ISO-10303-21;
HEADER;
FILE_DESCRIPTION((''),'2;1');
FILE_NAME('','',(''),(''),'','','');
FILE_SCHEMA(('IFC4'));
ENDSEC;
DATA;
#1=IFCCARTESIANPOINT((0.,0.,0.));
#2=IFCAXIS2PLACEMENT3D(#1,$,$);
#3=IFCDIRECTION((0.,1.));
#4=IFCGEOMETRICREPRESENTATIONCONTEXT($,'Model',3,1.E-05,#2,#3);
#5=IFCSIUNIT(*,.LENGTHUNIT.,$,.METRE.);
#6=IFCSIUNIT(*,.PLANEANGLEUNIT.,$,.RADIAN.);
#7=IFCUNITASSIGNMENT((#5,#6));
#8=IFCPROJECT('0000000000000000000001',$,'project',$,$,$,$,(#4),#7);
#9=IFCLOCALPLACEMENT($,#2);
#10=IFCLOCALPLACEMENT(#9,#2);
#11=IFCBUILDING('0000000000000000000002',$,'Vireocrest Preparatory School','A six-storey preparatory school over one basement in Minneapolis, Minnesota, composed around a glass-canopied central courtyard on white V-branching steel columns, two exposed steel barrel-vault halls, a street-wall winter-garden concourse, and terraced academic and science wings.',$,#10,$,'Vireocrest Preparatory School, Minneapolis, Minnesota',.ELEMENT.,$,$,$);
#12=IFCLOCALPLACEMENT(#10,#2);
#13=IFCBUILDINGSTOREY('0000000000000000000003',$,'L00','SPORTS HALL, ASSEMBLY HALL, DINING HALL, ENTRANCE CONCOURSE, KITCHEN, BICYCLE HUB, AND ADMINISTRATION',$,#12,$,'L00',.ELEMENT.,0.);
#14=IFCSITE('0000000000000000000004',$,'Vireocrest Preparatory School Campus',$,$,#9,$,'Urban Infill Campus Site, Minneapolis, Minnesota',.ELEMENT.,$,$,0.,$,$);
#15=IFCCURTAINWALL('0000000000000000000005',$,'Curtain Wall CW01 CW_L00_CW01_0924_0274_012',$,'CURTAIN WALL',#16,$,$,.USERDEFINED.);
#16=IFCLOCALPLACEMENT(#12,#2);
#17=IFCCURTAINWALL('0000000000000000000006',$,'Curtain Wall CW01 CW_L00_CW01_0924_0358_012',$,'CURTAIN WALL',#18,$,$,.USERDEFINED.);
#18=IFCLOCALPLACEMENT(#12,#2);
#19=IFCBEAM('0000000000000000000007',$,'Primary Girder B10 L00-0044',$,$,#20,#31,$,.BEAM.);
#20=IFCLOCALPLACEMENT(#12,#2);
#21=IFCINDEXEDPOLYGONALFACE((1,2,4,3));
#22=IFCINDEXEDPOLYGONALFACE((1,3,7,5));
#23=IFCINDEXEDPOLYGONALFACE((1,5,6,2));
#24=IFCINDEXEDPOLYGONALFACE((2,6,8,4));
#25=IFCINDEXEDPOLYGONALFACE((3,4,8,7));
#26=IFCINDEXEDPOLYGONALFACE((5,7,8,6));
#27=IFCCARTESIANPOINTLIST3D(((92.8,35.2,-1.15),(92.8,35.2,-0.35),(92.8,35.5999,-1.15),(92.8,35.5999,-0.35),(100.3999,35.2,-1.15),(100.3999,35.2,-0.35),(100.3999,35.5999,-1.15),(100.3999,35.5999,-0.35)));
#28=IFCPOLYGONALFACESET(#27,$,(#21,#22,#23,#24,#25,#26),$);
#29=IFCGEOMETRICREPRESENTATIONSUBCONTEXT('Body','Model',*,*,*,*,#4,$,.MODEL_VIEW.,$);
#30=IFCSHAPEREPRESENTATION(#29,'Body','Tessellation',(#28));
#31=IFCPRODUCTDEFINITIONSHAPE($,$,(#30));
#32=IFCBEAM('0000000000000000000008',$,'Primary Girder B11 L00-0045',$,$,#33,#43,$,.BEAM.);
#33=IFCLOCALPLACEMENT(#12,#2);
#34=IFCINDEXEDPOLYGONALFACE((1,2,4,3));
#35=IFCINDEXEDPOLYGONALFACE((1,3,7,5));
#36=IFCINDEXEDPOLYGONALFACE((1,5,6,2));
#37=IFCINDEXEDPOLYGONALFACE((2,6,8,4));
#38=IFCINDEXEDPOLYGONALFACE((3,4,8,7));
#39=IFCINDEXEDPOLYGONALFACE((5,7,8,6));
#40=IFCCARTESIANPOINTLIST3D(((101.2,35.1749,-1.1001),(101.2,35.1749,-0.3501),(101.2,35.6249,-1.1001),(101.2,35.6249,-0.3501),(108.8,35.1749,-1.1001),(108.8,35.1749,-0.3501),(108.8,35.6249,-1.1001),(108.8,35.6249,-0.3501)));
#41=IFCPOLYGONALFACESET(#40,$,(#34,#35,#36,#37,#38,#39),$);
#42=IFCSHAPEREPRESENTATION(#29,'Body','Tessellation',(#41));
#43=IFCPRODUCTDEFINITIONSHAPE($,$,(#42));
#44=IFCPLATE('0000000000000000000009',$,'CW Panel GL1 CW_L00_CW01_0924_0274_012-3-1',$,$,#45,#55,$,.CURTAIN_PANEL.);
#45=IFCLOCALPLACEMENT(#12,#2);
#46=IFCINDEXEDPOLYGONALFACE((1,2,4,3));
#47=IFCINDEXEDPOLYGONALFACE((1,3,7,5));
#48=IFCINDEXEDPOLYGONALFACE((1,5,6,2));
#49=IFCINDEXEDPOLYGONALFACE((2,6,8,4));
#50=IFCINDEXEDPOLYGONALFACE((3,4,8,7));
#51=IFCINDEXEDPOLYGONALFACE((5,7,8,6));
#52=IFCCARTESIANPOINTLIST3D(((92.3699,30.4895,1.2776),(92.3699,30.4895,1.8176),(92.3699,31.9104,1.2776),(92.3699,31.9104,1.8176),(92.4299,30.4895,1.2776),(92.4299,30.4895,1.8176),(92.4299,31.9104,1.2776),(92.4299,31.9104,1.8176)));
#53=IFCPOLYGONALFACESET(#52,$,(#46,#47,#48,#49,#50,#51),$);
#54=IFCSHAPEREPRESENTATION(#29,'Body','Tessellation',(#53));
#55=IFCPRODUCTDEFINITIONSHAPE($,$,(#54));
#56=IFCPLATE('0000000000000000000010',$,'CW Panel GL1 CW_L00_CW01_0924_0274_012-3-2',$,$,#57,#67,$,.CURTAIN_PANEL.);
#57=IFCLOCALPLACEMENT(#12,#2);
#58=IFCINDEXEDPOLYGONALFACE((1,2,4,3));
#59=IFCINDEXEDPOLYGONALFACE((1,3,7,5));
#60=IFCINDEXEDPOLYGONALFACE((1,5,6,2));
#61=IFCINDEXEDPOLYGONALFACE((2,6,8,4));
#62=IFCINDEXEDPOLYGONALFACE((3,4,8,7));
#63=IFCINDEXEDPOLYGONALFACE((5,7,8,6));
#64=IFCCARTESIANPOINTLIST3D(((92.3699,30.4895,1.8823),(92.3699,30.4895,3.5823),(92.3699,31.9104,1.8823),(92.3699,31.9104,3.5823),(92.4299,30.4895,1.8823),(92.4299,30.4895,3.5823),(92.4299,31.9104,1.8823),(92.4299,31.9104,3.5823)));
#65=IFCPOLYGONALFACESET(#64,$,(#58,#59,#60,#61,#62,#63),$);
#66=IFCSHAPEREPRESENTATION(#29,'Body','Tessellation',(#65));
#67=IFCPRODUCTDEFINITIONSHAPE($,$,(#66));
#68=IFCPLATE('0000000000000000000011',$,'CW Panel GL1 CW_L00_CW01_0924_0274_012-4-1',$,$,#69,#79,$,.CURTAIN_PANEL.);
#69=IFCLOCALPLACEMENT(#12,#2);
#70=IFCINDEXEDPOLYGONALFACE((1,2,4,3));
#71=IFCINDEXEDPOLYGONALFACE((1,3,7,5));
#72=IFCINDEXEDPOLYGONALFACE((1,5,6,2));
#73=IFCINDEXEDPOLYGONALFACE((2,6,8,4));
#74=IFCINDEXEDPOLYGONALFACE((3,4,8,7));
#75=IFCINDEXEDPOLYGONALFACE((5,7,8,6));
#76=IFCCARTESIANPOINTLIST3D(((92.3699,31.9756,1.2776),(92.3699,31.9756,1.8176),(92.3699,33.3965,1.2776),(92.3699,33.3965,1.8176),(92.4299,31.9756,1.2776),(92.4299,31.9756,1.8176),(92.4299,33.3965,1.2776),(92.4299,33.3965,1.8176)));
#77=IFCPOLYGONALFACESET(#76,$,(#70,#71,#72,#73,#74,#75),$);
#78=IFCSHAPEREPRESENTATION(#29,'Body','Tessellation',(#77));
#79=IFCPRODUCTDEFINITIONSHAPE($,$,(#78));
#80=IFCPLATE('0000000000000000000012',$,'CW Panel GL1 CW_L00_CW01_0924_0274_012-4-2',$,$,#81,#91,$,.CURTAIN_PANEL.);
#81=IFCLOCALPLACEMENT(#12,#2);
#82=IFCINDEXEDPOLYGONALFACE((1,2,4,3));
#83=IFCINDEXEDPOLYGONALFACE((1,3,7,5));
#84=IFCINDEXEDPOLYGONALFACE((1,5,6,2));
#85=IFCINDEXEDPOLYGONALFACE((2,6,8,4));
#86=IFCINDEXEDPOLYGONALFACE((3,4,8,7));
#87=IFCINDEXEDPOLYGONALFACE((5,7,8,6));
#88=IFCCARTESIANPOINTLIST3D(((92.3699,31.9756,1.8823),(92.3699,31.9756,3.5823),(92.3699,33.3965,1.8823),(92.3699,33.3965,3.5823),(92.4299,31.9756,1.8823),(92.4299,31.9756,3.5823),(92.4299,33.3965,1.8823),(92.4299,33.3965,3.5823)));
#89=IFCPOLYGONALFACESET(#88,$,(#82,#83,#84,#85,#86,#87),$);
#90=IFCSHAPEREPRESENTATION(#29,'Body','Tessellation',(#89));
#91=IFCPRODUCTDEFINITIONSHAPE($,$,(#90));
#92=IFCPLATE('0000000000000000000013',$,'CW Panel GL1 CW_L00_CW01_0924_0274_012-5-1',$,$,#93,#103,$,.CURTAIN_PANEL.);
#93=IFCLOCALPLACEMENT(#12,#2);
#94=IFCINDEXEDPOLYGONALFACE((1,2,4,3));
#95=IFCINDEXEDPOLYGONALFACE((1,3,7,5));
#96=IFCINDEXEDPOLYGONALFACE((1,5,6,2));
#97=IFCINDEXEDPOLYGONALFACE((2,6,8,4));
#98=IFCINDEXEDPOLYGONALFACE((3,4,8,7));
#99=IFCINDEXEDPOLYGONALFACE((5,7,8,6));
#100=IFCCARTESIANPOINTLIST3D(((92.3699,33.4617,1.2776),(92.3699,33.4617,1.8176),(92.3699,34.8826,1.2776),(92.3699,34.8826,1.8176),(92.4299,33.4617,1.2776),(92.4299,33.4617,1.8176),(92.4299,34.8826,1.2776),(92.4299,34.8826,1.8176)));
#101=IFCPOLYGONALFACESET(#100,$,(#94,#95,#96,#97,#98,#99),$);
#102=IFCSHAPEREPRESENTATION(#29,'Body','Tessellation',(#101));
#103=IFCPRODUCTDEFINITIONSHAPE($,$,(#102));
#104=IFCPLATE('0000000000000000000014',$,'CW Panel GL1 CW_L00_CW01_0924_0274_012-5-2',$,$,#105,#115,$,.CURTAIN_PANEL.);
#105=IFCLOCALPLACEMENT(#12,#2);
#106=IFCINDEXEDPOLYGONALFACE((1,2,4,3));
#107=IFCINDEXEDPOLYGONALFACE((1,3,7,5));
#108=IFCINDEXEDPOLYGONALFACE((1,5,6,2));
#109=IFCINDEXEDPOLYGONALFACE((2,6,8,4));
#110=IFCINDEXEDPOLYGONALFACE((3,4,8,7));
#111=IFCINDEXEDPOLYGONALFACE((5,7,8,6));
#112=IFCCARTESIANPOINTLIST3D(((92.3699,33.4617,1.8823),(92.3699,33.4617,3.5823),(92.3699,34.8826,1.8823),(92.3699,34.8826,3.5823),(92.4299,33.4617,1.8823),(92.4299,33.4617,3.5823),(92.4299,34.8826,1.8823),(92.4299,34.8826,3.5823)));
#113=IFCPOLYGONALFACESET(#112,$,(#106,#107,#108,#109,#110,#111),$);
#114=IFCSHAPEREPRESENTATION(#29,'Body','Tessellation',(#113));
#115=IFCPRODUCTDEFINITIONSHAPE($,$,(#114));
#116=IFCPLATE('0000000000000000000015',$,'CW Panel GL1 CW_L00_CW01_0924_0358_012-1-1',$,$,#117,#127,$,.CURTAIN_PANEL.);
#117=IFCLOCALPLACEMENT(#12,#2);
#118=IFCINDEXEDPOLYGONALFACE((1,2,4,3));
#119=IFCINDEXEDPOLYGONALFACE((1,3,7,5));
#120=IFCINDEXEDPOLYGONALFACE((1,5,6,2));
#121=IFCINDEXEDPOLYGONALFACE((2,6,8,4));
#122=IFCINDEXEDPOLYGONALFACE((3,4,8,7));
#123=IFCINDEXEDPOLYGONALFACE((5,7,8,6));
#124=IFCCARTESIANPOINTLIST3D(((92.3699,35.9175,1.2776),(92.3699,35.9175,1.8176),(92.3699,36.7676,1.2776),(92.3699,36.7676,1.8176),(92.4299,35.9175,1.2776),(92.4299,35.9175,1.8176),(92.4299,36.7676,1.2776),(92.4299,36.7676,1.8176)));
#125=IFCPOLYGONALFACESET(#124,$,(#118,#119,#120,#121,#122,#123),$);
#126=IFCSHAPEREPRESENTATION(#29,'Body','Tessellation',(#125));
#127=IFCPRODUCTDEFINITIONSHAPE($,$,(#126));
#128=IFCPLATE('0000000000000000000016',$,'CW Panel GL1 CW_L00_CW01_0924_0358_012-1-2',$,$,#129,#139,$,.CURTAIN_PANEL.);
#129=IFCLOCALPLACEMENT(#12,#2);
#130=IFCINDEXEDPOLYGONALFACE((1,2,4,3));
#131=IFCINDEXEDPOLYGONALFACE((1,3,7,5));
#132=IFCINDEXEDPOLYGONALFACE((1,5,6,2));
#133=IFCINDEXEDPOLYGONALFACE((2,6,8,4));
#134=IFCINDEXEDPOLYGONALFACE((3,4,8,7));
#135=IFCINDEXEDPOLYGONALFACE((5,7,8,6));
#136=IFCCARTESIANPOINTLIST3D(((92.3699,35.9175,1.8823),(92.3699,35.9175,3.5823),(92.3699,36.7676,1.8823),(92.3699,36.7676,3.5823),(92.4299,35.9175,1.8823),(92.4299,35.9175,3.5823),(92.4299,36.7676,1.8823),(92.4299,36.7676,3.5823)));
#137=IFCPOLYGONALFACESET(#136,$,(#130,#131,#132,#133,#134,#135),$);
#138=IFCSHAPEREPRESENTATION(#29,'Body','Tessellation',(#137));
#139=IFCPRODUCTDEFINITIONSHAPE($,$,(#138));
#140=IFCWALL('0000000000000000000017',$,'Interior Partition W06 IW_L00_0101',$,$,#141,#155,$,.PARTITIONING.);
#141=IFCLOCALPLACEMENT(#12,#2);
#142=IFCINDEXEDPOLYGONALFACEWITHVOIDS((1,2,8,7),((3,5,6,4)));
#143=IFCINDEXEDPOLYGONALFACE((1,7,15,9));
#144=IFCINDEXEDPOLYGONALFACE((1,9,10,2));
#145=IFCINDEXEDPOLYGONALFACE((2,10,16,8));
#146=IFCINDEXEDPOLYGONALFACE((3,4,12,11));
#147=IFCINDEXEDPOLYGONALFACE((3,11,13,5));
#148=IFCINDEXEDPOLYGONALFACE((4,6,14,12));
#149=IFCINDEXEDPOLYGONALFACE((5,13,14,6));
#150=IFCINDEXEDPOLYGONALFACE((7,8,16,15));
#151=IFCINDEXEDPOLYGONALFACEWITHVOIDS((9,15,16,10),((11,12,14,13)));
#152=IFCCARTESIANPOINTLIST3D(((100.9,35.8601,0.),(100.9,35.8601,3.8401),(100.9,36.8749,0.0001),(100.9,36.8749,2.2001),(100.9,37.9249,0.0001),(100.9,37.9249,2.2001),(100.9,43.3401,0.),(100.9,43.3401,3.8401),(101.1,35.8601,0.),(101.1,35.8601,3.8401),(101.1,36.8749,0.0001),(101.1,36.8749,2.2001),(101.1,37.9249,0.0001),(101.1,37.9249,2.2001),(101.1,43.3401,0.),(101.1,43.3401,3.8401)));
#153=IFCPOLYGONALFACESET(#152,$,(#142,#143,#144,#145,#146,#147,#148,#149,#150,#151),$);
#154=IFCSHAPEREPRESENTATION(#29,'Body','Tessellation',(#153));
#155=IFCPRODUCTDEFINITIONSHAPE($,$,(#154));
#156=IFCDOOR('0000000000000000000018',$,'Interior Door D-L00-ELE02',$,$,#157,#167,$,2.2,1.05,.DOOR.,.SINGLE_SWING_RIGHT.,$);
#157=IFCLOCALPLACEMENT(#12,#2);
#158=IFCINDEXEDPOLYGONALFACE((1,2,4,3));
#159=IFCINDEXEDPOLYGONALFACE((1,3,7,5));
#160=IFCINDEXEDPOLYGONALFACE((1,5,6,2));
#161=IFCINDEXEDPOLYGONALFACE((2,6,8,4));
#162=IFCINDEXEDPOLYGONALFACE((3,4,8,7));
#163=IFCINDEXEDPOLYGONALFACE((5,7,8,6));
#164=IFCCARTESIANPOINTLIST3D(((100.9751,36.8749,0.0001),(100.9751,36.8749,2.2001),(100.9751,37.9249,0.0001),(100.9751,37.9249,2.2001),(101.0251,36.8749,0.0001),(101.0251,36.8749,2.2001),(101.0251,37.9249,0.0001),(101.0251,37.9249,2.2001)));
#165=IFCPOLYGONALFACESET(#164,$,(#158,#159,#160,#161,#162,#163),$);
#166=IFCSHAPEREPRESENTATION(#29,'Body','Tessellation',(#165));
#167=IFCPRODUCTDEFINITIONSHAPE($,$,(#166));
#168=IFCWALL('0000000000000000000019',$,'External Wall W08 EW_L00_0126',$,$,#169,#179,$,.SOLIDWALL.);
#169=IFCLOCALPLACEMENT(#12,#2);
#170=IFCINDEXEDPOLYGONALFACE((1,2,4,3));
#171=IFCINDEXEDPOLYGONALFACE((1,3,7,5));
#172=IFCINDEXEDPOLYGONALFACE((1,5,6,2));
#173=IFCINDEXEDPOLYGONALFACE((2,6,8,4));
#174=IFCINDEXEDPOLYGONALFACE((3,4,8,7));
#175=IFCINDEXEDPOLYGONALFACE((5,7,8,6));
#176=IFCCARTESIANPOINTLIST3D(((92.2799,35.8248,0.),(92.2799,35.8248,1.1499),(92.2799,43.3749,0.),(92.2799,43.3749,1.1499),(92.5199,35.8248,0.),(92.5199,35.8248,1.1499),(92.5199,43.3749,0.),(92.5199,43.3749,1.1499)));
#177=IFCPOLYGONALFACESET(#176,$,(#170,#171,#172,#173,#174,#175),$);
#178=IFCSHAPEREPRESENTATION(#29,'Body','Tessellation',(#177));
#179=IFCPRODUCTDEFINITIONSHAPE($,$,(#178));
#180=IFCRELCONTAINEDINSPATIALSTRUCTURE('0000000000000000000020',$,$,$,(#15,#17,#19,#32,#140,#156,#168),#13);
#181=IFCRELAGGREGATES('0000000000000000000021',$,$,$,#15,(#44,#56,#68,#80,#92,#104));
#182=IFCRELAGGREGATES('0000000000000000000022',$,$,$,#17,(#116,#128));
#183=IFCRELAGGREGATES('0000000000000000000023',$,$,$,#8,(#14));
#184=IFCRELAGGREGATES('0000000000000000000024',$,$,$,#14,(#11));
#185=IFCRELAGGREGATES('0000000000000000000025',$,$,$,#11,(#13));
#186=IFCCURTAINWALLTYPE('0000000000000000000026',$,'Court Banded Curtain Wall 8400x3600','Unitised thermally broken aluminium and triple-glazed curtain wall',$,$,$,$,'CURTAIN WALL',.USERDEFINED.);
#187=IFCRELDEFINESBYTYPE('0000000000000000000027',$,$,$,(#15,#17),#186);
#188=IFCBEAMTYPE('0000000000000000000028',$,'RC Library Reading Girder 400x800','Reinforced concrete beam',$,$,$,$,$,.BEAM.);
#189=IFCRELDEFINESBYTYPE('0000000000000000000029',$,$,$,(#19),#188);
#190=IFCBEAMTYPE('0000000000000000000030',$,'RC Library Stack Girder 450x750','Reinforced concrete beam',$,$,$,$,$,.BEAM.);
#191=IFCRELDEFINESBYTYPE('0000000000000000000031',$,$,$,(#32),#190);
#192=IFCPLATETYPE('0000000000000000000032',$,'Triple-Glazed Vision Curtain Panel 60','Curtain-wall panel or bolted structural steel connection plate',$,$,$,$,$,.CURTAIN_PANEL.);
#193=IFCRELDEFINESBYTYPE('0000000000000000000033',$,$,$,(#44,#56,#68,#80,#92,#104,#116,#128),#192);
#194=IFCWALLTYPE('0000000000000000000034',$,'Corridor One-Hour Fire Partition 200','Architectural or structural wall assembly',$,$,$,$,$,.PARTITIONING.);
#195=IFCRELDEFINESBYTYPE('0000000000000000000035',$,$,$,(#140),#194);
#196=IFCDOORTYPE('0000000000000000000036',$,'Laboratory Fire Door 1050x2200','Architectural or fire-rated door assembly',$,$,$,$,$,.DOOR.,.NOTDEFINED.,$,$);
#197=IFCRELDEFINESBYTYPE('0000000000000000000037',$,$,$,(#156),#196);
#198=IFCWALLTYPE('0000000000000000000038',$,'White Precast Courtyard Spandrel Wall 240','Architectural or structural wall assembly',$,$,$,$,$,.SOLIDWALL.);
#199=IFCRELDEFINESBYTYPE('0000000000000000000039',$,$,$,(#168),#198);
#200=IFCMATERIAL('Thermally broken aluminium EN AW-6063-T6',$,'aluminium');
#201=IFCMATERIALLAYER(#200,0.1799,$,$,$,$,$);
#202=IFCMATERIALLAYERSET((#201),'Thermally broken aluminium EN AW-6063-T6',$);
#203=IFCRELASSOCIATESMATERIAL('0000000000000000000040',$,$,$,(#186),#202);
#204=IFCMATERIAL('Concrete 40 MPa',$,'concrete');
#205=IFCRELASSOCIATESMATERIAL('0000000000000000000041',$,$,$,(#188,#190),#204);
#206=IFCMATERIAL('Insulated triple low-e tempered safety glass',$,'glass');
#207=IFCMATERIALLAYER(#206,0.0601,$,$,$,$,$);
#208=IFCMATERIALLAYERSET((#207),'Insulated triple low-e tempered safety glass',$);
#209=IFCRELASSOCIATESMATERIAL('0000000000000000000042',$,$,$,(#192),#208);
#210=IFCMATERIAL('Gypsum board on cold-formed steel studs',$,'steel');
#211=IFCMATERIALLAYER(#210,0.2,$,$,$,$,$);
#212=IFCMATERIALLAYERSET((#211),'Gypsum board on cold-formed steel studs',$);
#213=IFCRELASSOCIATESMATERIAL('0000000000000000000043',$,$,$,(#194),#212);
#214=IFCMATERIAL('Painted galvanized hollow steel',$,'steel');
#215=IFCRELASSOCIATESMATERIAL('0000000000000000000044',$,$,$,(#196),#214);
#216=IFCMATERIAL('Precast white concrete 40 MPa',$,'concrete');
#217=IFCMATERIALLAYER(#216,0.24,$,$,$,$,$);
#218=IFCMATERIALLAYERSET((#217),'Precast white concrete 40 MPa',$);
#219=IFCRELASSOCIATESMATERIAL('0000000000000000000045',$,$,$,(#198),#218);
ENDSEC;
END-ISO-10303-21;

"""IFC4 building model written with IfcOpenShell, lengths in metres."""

from ifc_helpers import new_model, si_unit, direction, frame, frame_2d, origin, origin_2d, place, context, subcontext, project, spatial, rectangle, extrude, material, layer, layer_set, material_profile, profile_set, type_object, element, fill, aggregate, save


model = new_model("IFC4")

# Units and contexts
model_context = context("Model", 3, precision=1e-05, world=origin(), true_north=direction((0.0, 1.0)))
body_context = subcontext(model_context, "Body", "Model", "MODEL_VIEW")
ifc_project = project(units=[si_unit("LENGTHUNIT", "METRE"), si_unit("PLANEANGLEUNIT", "RADIAN")], contexts=[model_context])

# Site, building, storey
site_placement = place(None, origin())
site = spatial("IfcSite", under=ifc_project, at=site_placement, Name="Vireocrest Preparatory School Campus", LongName="Urban Infill Campus Site, Minneapolis, Minnesota", CompositionType="ELEMENT", RefElevation=0.0)
building_placement = place(site_placement, origin())
building = spatial("IfcBuilding", under=site, at=building_placement, Name="Vireocrest Preparatory School", Description="A six-storey preparatory school over one basement in Minneapolis, Minnesota, composed around a glass-canopied central courtyard on white V-branching steel columns, two exposed steel barrel-vault halls, a street-wall winter-garden concourse, and terraced academic and science wings.", LongName="Vireocrest Preparatory School, Minneapolis, Minnesota", CompositionType="ELEMENT")
storey_placement = place(building_placement, origin())
storey = spatial("IfcBuildingStorey", under=building, at=storey_placement, Name="L00", Description="SPORTS HALL, ASSEMBLY HALL, DINING HALL, ENTRANCE CONCOURSE, KITCHEN, BICYCLE HUB, AND ADMINISTRATION", LongName="L00", CompositionType="ELEMENT", Elevation=0.0)

# Curtain walls
ifc_material_1 = material(Name="Thermally broken aluminium EN AW-6063-T6", Category="aluminium")
ifc_layer_1 = layer(ifc_material_1, 0.1799)
ifc_layer_set_1 = layer_set([ifc_layer_1], Name="Thermally broken aluminium EN AW-6063-T6")
curtain_wall_type = type_object("IfcCurtainWallType", Name="Court Banded Curtain Wall 8400x3600", Description="Unitised thermally broken aluminium and triple-glazed curtain wall", ElementType="CURTAIN WALL", PredefinedType="USERDEFINED", material=ifc_layer_set_1)
curtain_wall_1_placement = place(storey_placement, origin())
curtain_wall_1 = element("IfcCurtainWall", 1, at=curtain_wall_1_placement, inside=storey, type_object=curtain_wall_type, Name="Curtain Wall CW01 CW_L00_CW01_0924_0274_012", ObjectType="CURTAIN WALL", PredefinedType="USERDEFINED")
curtain_wall_2_placement = place(storey_placement, origin())
curtain_wall_2 = element("IfcCurtainWall", 2, at=curtain_wall_2_placement, inside=storey, type_object=curtain_wall_type, Name="Curtain Wall CW01 CW_L00_CW01_0924_0358_012", ObjectType="CURTAIN WALL", PredefinedType="USERDEFINED")

# Beams
ifc_material_2 = material(Name="Concrete 40 MPa", Category="concrete")
ifc_material_profile_1 = material_profile(ifc_material_2, rectangle(XDim=0.3999, YDim=0.8, at=origin_2d()), Name="RC 400x800")
ifc_profile_set_1 = profile_set([ifc_material_profile_1], Name="Concrete 40 MPa")
beam_type_1 = type_object("IfcBeamType", Name="RC Library Reading Girder 400x800", Description="Reinforced concrete beam", PredefinedType="BEAM", material=ifc_profile_set_1)
beam_1_placement = place(storey_placement, frame((92.8, 35.3999, -0.75), z_axis=(1.0, 0.0, 0.0), x_axis=(0.0, 1.0, 0.0)))
element("IfcBeam", 3, at=beam_1_placement, inside=storey, type_object=beam_type_1, Name="Primary Girder B10 L00-0044", PredefinedType="BEAM", context=body_context, shape_type="SweptSolid", body=[
    extrude(rectangle(XDim=0.3999, YDim=0.8, at=origin_2d()), origin(), (0.0, 0.0, 1.0), 7.5999),
])
ifc_material_profile_2 = material_profile(ifc_material_2, rectangle(XDim=0.45, YDim=0.75, at=origin_2d()), Name="RC 450x750")
ifc_profile_set_2 = profile_set([ifc_material_profile_2], Name="Concrete 40 MPa")
beam_type_2 = type_object("IfcBeamType", Name="RC Library Stack Girder 450x750", Description="Reinforced concrete beam", PredefinedType="BEAM", material=ifc_profile_set_2)
beam_2_placement = place(storey_placement, frame((101.2, 35.3999, -0.7251), z_axis=(1.0, 0.0, 0.0), x_axis=(0.0, 1.0, 0.0)))
element("IfcBeam", 4, at=beam_2_placement, inside=storey, type_object=beam_type_2, Name="Primary Girder B11 L00-0045", PredefinedType="BEAM", context=body_context, shape_type="SweptSolid", body=[
    extrude(rectangle(XDim=0.45, YDim=0.75, at=origin_2d()), origin(), (0.0, 0.0, 1.0), 7.6001),
])

# Plates
ifc_material_3 = material(Name="Insulated triple low-e tempered safety glass", Category="glass")
ifc_layer_2 = layer(ifc_material_3, 0.0601)
ifc_layer_set_2 = layer_set([ifc_layer_2], Name="Insulated triple low-e tempered safety glass")
plate_type = type_object("IfcPlateType", Name="Triple-Glazed Vision Curtain Panel 60", Description="Curtain-wall panel or bolted structural steel connection plate", PredefinedType="CURTAIN_PANEL", material=ifc_layer_set_2)
plate_1_placement = place(storey_placement, frame((92.3999, 31.2, 1.2776), z_axis=(0.0, 0.0, 1.0), x_axis=(0.0, 1.0, 0.0)))
plate_1 = element("IfcPlate", 5, at=plate_1_placement, type_object=plate_type, Name="CW Panel GL1 CW_L00_CW01_0924_0274_012-3-1", PredefinedType="CURTAIN_PANEL", context=body_context, shape_type="SweptSolid", body=[
    extrude(rectangle(XDim=1.4209, YDim=0.0601, at=origin_2d()), origin(), (0.0, 0.0, 1.0), 0.54),
])
plate_2_placement = place(storey_placement, frame((92.3999, 31.2, 1.8823), z_axis=(0.0, 0.0, 1.0), x_axis=(0.0, 1.0, 0.0)))
plate_2 = element("IfcPlate", 6, at=plate_2_placement, type_object=plate_type, Name="CW Panel GL1 CW_L00_CW01_0924_0274_012-3-2", PredefinedType="CURTAIN_PANEL", context=body_context, shape_type="SweptSolid", body=[
    extrude(rectangle(XDim=1.4209, YDim=0.0601, at=origin_2d()), origin(), (0.0, 0.0, 1.0), 1.7),
])
plate_3_placement = place(storey_placement, frame((92.3999, 32.686, 1.2776), z_axis=(0.0, 0.0, 1.0), x_axis=(0.0, 1.0, 0.0)))
plate_3 = element("IfcPlate", 7, at=plate_3_placement, type_object=plate_type, Name="CW Panel GL1 CW_L00_CW01_0924_0274_012-4-1", PredefinedType="CURTAIN_PANEL", context=body_context, shape_type="SweptSolid", body=[
    extrude(rectangle(XDim=1.4209, YDim=0.0601, at=origin_2d()), origin(), (0.0, 0.0, 1.0), 0.54),
])
plate_4_placement = place(storey_placement, frame((92.3999, 32.686, 1.8823), z_axis=(0.0, 0.0, 1.0), x_axis=(0.0, 1.0, 0.0)))
plate_4 = element("IfcPlate", 8, at=plate_4_placement, type_object=plate_type, Name="CW Panel GL1 CW_L00_CW01_0924_0274_012-4-2", PredefinedType="CURTAIN_PANEL", context=body_context, shape_type="SweptSolid", body=[
    extrude(rectangle(XDim=1.4209, YDim=0.0601, at=origin_2d()), origin(), (0.0, 0.0, 1.0), 1.7),
])
plate_5_placement = place(storey_placement, frame((92.3999, 34.1721, 1.2776), z_axis=(0.0, 0.0, 1.0), x_axis=(0.0, 1.0, 0.0)))
plate_5 = element("IfcPlate", 9, at=plate_5_placement, type_object=plate_type, Name="CW Panel GL1 CW_L00_CW01_0924_0274_012-5-1", PredefinedType="CURTAIN_PANEL", context=body_context, shape_type="SweptSolid", body=[
    extrude(rectangle(XDim=1.4209, YDim=0.0601, at=origin_2d()), origin(), (0.0, 0.0, 1.0), 0.54),
])
plate_6_placement = place(storey_placement, frame((92.3999, 34.1721, 1.8823), z_axis=(0.0, 0.0, 1.0), x_axis=(0.0, 1.0, 0.0)))
plate_6 = element("IfcPlate", 10, at=plate_6_placement, type_object=plate_type, Name="CW Panel GL1 CW_L00_CW01_0924_0274_012-5-2", PredefinedType="CURTAIN_PANEL", context=body_context, shape_type="SweptSolid", body=[
    extrude(rectangle(XDim=1.4209, YDim=0.0601, at=origin_2d()), origin(), (0.0, 0.0, 1.0), 1.7),
])
aggregate(curtain_wall_1, [plate_1, plate_2, plate_3, plate_4, plate_5, plate_6])
plate_7_placement = place(storey_placement, frame((92.3999, 36.3425, 1.2776), z_axis=(0.0, 0.0, 1.0), x_axis=(0.0, 1.0, 0.0)))
plate_7 = element("IfcPlate", 11, at=plate_7_placement, type_object=plate_type, Name="CW Panel GL1 CW_L00_CW01_0924_0358_012-1-1", PredefinedType="CURTAIN_PANEL", context=body_context, shape_type="SweptSolid", body=[
    extrude(rectangle(XDim=0.8501, YDim=0.0601, at=origin_2d()), origin(), (0.0, 0.0, 1.0), 0.54),
])
plate_8_placement = place(storey_placement, frame((92.3999, 36.3425, 1.8823), z_axis=(0.0, 0.0, 1.0), x_axis=(0.0, 1.0, 0.0)))
plate_8 = element("IfcPlate", 12, at=plate_8_placement, type_object=plate_type, Name="CW Panel GL1 CW_L00_CW01_0924_0358_012-1-2", PredefinedType="CURTAIN_PANEL", context=body_context, shape_type="SweptSolid", body=[
    extrude(rectangle(XDim=0.8501, YDim=0.0601, at=origin_2d()), origin(), (0.0, 0.0, 1.0), 1.7),
])
aggregate(curtain_wall_2, [plate_7, plate_8])

# Wall, opening, door
ifc_material_4 = material(Name="Gypsum board on cold-formed steel studs", Category="steel")
ifc_layer_3 = layer(ifc_material_4, 0.2)
ifc_layer_set_3 = layer_set([ifc_layer_3], Name="Gypsum board on cold-formed steel studs")
wall_type_1 = type_object("IfcWallType", Name="Corridor One-Hour Fire Partition 200", Description="Architectural or structural wall assembly", PredefinedType="PARTITIONING", material=ifc_layer_set_3)
wall_1_placement = place(storey_placement, frame((101.0, 35.8601, 0.0), z_axis=(0.0, 0.0, 1.0), x_axis=(0.0, 1.0, 0.0)))
wall_1 = element("IfcWall", 13, at=wall_1_placement, inside=storey, type_object=wall_type_1, Name="Interior Partition W06 IW_L00_0101", PredefinedType="PARTITIONING", context=body_context, shape_type="SweptSolid", body=[
    extrude(rectangle(XDim=7.48, YDim=0.2, at=frame_2d((3.74, 0.0))), origin(), (0.0, 0.0, 1.0), 3.8401),
])
opening_placement = place(wall_1_placement, frame((1.0149, 0.0, 0.0)))
opening = element("IfcOpeningElement", 14, at=opening_placement, cuts=wall_1, PredefinedType="OPENING", context=body_context, shape_type="SweptSolid", body=[
    extrude(rectangle(XDim=1.05, YDim=2.2, at=frame_2d((0.5249, 1.1001))), frame((0.0, 0.1099, 0.0), z_axis=(0.0, -1.0, 0.0), x_axis=(1.0, 0.0, 0.0)), (0.0, 0.0, 1.0), 0.22),
])
ifc_material_5 = material(Name="Painted galvanized hollow steel", Category="steel")
door_type = type_object("IfcDoorType", Name="Laboratory Fire Door 1050x2200", Description="Architectural or fire-rated door assembly", OperationType="NOTDEFINED", PredefinedType="DOOR", material=ifc_material_5)
door_placement = place(opening_placement, origin())
door = element("IfcDoor", 15, at=door_placement, inside=storey, type_object=door_type, Name="Interior Door D-L00-ELE02", OperationType="SINGLE_SWING_RIGHT", OverallHeight=2.2, OverallWidth=1.05, PredefinedType="DOOR", context=body_context, shape_type="SweptSolid", body=[
    extrude(rectangle(XDim=1.05, YDim=2.2, at=frame_2d((0.5249, 1.1001))), frame((0.0, 0.0249, 0.0), z_axis=(0.0, -1.0, 0.0), x_axis=(1.0, 0.0, 0.0)), (0.0, 0.0, 1.0), 0.05),
])
fill(opening, door)

# Wall
ifc_material_6 = material(Name="Precast white concrete 40 MPa", Category="concrete")
ifc_layer_4 = layer(ifc_material_6, 0.24)
ifc_layer_set_4 = layer_set([ifc_layer_4], Name="Precast white concrete 40 MPa")
wall_type_2 = type_object("IfcWallType", Name="White Precast Courtyard Spandrel Wall 240", Description="Architectural or structural wall assembly", PredefinedType="SOLIDWALL", material=ifc_layer_set_4)
wall_2_placement = place(storey_placement, frame((92.3999, 35.825, 0.0), z_axis=(0.0, 0.0, 1.0), x_axis=(0.0, 1.0, 0.0)))
element("IfcWall", 16, at=wall_2_placement, inside=storey, type_object=wall_type_2, Name="External Wall W08 EW_L00_0126", PredefinedType="SOLIDWALL", context=body_context, shape_type="SweptSolid", body=[
    extrude(rectangle(XDim=7.55, YDim=0.24, at=frame_2d((3.7749, 0.0))), origin(), (0.0, 0.0, 1.0), 1.1499),
])

save(model, "model.ifc")
